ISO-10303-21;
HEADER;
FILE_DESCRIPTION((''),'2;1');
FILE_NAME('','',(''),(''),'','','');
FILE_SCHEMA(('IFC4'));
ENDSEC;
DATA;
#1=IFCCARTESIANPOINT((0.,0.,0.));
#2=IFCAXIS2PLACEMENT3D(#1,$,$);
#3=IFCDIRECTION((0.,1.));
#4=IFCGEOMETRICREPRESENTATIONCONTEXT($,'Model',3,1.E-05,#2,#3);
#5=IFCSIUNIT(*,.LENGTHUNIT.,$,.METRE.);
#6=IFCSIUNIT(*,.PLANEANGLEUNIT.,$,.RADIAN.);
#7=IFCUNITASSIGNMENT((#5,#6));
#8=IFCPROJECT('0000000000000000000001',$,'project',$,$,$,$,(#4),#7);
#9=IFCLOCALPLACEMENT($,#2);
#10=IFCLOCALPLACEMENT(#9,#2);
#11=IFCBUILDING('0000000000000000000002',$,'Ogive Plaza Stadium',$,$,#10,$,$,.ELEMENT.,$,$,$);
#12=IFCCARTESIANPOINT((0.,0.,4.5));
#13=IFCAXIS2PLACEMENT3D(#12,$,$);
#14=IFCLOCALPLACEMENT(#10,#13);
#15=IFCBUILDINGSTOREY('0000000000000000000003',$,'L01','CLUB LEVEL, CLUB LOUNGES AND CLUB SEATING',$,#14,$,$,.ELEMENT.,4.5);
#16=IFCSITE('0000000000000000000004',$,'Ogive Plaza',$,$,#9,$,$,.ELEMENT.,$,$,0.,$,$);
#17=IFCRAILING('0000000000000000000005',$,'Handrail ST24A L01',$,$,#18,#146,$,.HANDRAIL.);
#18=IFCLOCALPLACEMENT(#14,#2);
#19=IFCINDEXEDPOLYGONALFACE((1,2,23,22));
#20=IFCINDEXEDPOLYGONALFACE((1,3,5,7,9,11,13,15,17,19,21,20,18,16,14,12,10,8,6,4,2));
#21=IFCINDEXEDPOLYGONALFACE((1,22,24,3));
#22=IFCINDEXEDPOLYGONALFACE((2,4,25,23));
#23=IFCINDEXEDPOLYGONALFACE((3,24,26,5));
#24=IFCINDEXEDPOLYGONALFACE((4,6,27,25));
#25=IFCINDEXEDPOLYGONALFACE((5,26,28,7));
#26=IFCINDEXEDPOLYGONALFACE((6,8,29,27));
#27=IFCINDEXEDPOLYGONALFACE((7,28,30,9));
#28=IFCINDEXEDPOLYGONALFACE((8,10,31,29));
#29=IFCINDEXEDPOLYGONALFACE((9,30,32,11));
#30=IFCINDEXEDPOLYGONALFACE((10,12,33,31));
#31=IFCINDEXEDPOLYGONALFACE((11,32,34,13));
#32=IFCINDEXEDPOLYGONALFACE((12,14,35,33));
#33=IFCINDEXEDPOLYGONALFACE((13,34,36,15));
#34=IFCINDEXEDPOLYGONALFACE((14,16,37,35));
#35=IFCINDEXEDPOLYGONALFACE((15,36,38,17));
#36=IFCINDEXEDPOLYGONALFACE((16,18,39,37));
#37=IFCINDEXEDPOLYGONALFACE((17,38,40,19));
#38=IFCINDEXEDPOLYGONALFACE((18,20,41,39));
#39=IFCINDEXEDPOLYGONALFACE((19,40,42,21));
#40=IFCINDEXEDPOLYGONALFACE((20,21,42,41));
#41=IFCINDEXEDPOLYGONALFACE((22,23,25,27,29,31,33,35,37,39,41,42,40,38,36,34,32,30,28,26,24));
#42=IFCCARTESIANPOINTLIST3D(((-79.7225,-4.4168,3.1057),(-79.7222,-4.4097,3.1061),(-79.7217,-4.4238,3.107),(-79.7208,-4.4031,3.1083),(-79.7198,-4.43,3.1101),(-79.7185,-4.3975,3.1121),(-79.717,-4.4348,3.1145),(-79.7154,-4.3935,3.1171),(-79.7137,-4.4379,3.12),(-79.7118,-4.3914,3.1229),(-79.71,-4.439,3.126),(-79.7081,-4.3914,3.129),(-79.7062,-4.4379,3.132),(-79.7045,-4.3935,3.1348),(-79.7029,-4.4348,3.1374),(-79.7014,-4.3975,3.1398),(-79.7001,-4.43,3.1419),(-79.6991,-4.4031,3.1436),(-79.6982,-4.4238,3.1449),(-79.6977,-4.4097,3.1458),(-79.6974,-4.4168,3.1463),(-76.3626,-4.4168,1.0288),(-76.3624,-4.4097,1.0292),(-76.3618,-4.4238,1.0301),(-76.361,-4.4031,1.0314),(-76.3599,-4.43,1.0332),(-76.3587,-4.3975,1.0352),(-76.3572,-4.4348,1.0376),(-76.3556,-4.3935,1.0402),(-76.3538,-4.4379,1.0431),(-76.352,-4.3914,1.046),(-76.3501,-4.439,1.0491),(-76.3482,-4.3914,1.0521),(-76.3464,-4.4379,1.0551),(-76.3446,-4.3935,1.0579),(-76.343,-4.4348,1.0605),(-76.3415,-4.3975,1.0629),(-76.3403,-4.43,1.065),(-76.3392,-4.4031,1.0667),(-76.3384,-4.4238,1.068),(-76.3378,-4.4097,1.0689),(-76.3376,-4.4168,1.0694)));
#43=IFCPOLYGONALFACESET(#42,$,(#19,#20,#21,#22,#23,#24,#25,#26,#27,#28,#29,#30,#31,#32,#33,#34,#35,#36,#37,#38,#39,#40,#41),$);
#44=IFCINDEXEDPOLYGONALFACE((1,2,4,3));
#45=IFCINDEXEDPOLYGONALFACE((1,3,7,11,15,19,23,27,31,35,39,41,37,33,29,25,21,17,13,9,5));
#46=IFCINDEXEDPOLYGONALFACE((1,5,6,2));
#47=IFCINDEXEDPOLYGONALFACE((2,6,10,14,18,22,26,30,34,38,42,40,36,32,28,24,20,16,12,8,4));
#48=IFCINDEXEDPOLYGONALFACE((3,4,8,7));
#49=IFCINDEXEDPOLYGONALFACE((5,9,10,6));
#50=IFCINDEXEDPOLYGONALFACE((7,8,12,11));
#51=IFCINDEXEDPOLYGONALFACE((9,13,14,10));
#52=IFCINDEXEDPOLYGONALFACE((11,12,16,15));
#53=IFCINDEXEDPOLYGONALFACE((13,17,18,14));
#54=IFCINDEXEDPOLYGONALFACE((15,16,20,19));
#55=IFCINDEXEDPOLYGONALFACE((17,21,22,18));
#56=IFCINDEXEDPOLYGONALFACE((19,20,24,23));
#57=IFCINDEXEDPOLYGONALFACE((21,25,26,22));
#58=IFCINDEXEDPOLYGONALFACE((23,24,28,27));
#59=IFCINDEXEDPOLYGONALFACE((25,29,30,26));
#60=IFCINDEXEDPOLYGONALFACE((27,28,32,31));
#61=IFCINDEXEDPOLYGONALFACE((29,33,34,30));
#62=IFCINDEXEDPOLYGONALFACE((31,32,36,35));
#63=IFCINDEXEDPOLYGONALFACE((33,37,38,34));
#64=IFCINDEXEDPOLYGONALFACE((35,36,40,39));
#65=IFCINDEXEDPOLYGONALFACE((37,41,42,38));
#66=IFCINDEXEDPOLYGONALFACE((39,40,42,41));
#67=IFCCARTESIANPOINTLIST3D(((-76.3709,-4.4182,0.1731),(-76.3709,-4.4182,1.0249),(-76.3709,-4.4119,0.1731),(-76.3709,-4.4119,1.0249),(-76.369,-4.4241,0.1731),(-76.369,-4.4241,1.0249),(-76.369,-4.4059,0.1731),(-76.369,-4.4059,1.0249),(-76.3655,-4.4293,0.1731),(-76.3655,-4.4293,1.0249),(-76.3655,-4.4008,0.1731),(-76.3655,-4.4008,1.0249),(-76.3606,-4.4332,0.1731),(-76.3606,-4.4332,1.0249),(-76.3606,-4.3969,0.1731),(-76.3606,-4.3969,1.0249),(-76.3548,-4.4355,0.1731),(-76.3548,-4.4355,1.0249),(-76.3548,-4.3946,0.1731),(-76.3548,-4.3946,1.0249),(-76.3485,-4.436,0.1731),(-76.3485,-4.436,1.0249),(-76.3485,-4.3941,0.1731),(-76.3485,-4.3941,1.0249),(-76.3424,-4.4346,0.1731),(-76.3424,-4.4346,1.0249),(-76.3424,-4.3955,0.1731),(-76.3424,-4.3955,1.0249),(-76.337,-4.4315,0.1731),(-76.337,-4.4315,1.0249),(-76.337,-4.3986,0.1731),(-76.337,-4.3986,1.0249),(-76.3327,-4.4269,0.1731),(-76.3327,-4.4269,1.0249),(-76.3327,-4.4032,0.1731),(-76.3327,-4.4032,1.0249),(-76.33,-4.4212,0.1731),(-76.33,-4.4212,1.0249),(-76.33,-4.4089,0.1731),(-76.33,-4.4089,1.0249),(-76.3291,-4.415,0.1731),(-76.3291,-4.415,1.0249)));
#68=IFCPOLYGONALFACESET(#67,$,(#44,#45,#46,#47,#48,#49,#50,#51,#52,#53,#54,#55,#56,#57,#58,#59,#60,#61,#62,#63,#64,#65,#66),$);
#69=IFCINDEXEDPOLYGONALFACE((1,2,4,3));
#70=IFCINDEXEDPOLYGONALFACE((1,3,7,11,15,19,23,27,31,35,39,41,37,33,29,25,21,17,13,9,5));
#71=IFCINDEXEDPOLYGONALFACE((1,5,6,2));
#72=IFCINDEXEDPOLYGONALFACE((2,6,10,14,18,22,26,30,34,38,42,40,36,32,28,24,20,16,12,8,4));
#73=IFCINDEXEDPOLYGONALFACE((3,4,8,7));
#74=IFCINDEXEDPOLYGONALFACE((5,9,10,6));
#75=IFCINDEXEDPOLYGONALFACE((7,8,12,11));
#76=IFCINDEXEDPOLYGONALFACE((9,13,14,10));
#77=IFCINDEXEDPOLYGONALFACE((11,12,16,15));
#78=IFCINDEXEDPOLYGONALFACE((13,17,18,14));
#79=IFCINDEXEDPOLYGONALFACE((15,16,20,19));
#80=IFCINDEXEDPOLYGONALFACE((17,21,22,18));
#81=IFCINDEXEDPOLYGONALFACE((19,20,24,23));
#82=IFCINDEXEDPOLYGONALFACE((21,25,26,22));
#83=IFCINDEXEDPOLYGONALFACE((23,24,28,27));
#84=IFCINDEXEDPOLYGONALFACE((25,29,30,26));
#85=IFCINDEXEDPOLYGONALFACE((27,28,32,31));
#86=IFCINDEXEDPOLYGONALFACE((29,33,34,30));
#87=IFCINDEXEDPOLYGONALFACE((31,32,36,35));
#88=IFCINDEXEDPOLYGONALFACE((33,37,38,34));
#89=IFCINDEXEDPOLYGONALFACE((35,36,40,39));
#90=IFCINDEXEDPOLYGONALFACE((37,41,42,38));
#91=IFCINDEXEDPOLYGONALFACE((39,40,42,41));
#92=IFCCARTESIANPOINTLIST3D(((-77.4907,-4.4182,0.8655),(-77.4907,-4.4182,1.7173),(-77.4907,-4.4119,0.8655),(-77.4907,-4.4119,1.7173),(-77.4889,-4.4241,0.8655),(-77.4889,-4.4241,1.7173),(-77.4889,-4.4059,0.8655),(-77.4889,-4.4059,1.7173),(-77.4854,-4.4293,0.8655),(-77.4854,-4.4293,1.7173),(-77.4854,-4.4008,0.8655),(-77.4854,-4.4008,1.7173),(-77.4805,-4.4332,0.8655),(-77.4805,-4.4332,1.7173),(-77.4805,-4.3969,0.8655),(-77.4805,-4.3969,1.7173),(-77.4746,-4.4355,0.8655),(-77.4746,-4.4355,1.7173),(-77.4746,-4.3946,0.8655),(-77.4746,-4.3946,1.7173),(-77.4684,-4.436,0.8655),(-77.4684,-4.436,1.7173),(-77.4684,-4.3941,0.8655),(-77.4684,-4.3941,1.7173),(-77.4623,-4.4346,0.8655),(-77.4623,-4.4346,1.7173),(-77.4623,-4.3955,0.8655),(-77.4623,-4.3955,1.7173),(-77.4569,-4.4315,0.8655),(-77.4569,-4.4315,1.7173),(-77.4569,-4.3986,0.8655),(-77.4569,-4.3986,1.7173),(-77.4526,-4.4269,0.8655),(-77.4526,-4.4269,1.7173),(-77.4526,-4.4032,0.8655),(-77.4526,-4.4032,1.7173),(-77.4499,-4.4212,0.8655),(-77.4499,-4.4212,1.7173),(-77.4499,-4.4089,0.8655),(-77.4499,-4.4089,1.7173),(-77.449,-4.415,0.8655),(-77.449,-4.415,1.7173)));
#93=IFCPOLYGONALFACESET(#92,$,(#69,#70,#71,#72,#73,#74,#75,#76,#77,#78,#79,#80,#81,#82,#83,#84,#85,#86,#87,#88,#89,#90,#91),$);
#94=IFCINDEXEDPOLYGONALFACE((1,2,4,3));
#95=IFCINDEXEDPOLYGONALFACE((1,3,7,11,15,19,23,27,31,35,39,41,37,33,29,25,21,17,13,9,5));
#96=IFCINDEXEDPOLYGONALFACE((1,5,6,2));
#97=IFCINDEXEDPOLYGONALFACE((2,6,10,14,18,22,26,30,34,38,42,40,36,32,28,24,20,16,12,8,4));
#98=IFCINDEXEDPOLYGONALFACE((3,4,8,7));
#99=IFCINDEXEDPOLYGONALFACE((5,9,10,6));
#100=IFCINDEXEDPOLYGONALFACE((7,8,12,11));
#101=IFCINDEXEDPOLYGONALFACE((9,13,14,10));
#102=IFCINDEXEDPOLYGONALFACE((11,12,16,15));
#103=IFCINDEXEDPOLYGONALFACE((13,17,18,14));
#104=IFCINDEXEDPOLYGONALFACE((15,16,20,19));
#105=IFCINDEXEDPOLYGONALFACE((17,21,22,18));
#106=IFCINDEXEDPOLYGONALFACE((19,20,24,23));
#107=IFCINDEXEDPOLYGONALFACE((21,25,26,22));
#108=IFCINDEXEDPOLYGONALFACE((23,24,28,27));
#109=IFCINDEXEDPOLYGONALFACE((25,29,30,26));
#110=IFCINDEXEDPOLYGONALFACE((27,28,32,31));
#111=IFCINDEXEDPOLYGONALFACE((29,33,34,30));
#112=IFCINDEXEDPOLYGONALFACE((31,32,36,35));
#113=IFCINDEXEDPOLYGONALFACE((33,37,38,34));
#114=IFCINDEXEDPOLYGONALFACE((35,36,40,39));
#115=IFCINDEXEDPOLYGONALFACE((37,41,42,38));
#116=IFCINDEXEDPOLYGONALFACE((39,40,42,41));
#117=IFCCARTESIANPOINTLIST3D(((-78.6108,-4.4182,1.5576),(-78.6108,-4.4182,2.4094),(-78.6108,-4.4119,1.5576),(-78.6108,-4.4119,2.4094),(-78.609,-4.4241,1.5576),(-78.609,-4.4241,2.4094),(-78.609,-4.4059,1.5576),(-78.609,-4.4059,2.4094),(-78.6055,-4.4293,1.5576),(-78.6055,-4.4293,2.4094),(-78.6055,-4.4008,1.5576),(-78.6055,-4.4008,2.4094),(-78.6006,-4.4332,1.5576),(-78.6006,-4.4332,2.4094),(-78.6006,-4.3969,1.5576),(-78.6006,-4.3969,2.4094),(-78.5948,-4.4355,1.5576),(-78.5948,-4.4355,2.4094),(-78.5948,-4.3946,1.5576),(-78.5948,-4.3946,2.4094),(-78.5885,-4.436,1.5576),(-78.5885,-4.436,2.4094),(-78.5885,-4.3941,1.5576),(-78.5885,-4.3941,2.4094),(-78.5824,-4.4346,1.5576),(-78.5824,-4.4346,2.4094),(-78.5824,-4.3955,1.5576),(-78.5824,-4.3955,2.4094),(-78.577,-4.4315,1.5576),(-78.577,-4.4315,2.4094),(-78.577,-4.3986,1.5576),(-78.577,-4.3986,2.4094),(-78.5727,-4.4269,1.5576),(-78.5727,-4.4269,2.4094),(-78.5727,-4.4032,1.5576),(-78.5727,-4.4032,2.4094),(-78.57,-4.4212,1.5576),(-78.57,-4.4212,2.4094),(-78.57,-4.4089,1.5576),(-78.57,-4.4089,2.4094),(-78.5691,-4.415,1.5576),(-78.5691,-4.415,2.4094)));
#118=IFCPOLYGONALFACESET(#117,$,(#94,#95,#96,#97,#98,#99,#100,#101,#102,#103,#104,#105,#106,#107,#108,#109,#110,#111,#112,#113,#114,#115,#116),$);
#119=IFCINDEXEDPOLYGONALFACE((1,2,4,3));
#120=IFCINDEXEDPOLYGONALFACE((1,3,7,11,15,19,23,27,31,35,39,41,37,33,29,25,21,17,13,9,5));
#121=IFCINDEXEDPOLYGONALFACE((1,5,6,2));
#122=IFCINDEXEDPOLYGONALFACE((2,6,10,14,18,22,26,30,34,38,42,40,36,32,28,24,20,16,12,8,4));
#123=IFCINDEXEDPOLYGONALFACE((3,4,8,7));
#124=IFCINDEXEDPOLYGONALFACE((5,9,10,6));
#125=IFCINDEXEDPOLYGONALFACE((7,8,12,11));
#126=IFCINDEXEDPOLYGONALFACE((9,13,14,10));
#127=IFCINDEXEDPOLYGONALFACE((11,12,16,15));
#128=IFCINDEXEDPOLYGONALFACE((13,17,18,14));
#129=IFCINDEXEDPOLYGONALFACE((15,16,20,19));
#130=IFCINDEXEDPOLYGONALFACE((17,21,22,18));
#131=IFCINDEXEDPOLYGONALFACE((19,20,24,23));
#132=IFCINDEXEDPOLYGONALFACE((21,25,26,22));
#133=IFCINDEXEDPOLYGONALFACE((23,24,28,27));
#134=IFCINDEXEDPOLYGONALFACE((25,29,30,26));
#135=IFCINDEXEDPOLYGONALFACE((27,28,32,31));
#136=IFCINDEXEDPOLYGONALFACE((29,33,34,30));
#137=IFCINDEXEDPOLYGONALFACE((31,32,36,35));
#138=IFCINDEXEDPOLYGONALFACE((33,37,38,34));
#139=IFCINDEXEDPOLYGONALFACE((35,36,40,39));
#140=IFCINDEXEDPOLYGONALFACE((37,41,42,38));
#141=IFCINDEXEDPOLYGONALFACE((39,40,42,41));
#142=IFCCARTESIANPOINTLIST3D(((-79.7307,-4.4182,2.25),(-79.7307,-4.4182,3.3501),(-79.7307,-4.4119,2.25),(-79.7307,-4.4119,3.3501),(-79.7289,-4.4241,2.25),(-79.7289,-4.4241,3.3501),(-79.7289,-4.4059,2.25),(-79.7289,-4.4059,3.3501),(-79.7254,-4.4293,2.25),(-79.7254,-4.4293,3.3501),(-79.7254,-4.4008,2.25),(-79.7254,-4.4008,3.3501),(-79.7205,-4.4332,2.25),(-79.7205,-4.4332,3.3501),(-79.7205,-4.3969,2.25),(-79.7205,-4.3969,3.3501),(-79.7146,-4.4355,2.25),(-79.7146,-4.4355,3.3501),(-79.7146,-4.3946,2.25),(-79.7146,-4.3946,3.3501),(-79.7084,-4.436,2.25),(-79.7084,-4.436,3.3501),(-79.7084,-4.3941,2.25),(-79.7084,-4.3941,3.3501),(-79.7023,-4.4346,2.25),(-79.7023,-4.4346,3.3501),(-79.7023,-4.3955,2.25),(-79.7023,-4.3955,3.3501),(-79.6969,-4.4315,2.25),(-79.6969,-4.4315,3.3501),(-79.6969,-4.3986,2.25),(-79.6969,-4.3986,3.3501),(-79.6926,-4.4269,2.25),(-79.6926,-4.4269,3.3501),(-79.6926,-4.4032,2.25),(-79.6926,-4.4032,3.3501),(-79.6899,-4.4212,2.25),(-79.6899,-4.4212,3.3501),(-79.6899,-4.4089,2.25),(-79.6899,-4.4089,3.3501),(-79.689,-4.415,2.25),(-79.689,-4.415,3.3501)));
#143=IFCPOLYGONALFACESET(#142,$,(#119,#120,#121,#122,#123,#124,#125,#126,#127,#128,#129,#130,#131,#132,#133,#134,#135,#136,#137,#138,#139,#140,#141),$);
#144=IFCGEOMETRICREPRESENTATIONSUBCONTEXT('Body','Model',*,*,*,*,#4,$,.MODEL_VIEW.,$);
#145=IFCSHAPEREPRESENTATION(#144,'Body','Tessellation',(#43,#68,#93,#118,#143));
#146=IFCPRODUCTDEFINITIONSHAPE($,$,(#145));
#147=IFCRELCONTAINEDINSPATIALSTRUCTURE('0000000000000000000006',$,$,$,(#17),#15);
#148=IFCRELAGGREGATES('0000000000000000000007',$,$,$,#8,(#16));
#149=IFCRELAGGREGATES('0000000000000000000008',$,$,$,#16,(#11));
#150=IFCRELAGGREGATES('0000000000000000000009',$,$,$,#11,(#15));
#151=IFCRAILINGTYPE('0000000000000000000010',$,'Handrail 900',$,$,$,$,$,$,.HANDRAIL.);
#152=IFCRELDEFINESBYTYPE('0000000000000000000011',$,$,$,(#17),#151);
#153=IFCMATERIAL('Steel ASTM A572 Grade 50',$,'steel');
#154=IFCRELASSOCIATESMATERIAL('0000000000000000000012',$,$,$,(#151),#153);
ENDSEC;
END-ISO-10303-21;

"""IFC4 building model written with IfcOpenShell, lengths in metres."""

from ifc_helpers import new_model, si_unit, direction, frame, origin, origin_2d, place, context, subcontext, project, spatial, circle, extrude, material, type_object, element, save


model = new_model("IFC4")

# Units and contexts
model_context = context("Model", 3, precision=1e-05, world=origin(), true_north=direction((0.0, 1.0)))
body_context = subcontext(model_context, "Body", "Model", "MODEL_VIEW")
ifc_project = project(units=[si_unit("LENGTHUNIT", "METRE"), si_unit("PLANEANGLEUNIT", "RADIAN")], contexts=[model_context])

# Site, building, storey
site_placement = place(None, origin())
site = spatial("IfcSite", under=ifc_project, at=site_placement, Name="Ogive Plaza", CompositionType="ELEMENT", RefElevation=0.0)
building_placement = place(site_placement, origin())
building = spatial("IfcBuilding", under=site, at=building_placement, Name="Ogive Plaza Stadium", CompositionType="ELEMENT")
storey_placement = place(building_placement, frame((0.0, 0.0, 4.5)))
storey = spatial("IfcBuildingStorey", under=building, at=storey_placement, Name="L01", Description="CLUB LEVEL, CLUB LOUNGES AND CLUB SEATING", CompositionType="ELEMENT", Elevation=4.5)

# Railing
ifc_material_1 = material(Name="Steel ASTM A572 Grade 50", Category="steel")
railing_type_1 = type_object("IfcRailingType", Name="Handrail 900", PredefinedType="HANDRAIL", material=ifc_material_1)
for number, where, name in (
    (1, (-76.3501, -4.415, 0.1731), "Handrail ST24A L01"),
):
    element("IfcRailing", number, at=place(storey_placement, frame(where)), inside=storey, type_object=railing_type_1, Name=name, PredefinedType="HANDRAIL", context=body_context, shape_type="SweptSolid", body=[
        extrude(circle(Radius=0.0239, at=origin_2d()), frame((0.0, 0.0, 0.876), z_axis=(-0.850606, 0.0, 0.525803), x_axis=(0.0, -1.0, 0.0)), (0.0, 0.0, 1.0), 3.95),
        extrude(circle(Radius=0.021, at=origin_2d()), origin(), (0.0, 0.0, 1.0), 0.8518),
        extrude(circle(Radius=0.021, at=origin_2d()), frame((-1.1199, 0.0, 0.6924)), (0.0, 0.0, 1.0), 0.8518),
        extrude(circle(Radius=0.021, at=origin_2d()), frame((-2.24, 0.0, 1.3845)), (0.0, 0.0, 1.0), 0.8518),
        extrude(circle(Radius=0.021, at=origin_2d()), frame((-3.3599, 0.0, 2.0769)), (0.0, 0.0, 1.0), 1.1001),
    ])

save(model, "model.ifc")
